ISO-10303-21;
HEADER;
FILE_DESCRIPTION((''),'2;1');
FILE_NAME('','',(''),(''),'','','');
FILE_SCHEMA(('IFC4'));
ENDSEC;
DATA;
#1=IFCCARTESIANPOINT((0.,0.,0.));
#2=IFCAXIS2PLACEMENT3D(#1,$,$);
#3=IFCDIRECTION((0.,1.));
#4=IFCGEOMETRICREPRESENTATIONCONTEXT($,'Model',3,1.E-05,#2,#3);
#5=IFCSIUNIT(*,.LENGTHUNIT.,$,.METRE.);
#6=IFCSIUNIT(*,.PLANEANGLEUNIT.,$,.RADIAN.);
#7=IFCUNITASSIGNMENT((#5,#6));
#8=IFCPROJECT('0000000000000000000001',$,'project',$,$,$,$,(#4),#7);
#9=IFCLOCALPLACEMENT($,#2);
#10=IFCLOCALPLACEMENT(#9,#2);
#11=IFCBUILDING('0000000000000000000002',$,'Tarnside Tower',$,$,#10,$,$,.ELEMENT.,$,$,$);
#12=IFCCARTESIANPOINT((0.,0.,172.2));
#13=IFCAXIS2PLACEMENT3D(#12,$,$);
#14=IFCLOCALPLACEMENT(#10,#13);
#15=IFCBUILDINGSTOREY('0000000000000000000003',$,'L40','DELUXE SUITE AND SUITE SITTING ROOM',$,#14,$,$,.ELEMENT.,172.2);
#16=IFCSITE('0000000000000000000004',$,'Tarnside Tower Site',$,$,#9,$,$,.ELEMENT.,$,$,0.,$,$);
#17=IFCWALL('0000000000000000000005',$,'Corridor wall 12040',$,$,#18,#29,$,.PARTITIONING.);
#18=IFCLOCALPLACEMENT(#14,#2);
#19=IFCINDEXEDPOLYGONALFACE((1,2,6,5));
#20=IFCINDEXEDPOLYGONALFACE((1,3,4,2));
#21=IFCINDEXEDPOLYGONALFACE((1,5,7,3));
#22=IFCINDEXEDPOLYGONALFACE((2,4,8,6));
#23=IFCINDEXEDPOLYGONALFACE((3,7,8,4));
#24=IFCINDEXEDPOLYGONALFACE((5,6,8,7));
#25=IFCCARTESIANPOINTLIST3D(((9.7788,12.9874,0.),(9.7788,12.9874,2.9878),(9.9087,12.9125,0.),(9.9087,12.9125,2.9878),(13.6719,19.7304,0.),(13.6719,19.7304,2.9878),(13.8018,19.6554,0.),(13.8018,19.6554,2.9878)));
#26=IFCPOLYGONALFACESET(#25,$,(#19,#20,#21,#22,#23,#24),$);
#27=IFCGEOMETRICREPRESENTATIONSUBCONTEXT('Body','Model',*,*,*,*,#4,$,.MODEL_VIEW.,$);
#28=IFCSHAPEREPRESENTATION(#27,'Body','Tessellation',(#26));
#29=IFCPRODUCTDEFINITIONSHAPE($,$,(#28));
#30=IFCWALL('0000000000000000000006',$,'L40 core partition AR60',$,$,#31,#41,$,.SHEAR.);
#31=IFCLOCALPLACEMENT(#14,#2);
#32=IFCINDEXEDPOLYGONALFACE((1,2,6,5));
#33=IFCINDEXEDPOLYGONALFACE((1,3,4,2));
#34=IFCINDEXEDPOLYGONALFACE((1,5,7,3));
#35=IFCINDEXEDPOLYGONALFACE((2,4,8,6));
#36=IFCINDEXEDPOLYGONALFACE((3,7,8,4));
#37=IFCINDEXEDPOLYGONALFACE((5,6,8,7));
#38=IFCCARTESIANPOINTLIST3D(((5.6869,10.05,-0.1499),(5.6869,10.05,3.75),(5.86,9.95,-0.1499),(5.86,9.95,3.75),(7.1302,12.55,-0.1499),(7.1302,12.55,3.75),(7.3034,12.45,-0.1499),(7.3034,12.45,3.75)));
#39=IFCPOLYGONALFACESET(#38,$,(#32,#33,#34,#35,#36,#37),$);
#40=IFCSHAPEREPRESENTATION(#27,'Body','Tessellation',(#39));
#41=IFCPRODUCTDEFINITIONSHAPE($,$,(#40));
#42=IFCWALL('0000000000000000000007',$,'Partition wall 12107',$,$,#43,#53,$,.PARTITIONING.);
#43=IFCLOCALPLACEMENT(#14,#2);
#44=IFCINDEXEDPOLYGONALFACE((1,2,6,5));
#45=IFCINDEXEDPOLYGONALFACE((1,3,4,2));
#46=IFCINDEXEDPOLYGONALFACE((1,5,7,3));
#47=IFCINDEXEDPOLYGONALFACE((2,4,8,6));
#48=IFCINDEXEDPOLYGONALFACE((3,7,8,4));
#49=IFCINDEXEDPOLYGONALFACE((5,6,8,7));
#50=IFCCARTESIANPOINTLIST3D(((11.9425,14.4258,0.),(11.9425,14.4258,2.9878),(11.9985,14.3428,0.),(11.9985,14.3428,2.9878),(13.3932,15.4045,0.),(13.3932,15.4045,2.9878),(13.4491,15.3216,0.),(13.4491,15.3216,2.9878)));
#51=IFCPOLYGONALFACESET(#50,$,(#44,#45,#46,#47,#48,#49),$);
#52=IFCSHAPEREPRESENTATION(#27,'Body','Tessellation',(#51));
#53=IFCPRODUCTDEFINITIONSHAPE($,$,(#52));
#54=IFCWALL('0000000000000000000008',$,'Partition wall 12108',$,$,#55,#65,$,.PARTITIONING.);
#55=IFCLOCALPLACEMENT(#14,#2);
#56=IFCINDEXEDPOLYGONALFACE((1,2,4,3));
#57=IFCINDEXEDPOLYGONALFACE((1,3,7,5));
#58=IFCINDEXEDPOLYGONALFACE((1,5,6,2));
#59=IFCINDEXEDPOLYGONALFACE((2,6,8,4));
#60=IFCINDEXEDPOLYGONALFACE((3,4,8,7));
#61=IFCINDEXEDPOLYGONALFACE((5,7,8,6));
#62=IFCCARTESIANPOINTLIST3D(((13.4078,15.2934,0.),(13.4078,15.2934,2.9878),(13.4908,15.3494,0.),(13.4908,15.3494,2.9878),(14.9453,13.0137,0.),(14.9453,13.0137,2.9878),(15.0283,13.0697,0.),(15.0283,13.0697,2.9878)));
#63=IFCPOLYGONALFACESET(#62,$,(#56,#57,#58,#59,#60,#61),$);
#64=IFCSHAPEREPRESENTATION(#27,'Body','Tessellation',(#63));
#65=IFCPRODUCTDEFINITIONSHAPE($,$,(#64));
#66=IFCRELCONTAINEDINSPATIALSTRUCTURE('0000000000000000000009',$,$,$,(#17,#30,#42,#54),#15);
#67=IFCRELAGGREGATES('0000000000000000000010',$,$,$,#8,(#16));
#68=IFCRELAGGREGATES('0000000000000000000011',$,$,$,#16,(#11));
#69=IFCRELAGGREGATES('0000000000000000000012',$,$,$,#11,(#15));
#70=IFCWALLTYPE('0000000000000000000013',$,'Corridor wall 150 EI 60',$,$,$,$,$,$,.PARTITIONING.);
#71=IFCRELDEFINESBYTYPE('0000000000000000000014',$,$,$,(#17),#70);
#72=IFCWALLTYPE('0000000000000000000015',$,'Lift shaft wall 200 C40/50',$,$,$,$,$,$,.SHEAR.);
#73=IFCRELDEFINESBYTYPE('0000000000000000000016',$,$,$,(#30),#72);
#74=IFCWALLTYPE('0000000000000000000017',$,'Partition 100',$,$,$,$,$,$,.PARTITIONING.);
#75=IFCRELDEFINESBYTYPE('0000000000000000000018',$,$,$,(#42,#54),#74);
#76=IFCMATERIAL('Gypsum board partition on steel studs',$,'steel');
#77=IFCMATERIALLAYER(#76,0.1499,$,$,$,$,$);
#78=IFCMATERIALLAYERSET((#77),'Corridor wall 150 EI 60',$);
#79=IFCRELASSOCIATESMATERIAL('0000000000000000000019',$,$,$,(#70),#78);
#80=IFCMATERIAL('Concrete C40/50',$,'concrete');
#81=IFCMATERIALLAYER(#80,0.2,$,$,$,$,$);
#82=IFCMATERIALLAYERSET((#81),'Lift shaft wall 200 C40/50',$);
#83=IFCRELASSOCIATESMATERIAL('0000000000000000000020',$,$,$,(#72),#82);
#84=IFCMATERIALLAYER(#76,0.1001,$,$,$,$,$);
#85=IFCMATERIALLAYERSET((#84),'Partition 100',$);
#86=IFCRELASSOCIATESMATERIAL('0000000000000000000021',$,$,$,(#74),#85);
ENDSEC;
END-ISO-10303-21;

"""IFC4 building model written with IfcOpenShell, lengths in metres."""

from ifc_helpers import new_model, si_unit, direction, frame, frame_2d, origin, place, context, subcontext, project, spatial, rectangle, extrude, material, layer, layer_set, type_object, element, save


model = new_model("IFC4")

# Units and contexts
model_context = context("Model", 3, precision=1e-05, world=origin(), true_north=direction((0.0, 1.0)))
body_context = subcontext(model_context, "Body", "Model", "MODEL_VIEW")
ifc_project = project(units=[si_unit("LENGTHUNIT", "METRE"), si_unit("PLANEANGLEUNIT", "RADIAN")], contexts=[model_context])

# Site, building, storey
site_placement = place(None, origin())
site = spatial("IfcSite", under=ifc_project, at=site_placement, Name="Tarnside Tower Site", CompositionType="ELEMENT", RefElevation=0.0)
building_placement = place(site_placement, origin())
building = spatial("IfcBuilding", under=site, at=building_placement, Name="Tarnside Tower", CompositionType="ELEMENT")
storey_placement = place(building_placement, frame((0.0, 0.0, 172.2)))
storey = spatial("IfcBuildingStorey", under=building, at=storey_placement, Name="L40", Description="DELUXE SUITE AND SUITE SITTING ROOM", CompositionType="ELEMENT", Elevation=172.2)

# Shared definitions
ifc_material_1 = material(Name="Gypsum board partition on steel studs", Category="steel")

# Shared definitions
ifc_layer_1 = layer(ifc_material_1, 0.1499)
ifc_layer_set_1 = layer_set([ifc_layer_1], Name="Corridor wall 150 EI 60")
wall_type_1 = type_object("IfcWallType", Name="Corridor wall 150 EI 60", PredefinedType="PARTITIONING", material=ifc_layer_set_1)

# Walls
wall_1_placement = place(storey_placement, frame((9.8438, 12.95, 0.0), z_axis=(0.0, 0.0, 1.0), x_axis=(0.500004, 0.866023, 0.0)))
element("IfcWall", 1, at=wall_1_placement, inside=storey, type_object=wall_type_1, Name="Corridor wall 12040", PredefinedType="PARTITIONING", context=body_context, shape_type="SweptSolid", body=[
    extrude(rectangle(XDim=7.7861, YDim=0.1499, at=frame_2d((3.8931, 0.0))), origin(), (0.0, 0.0, 1.0), 2.9878),
])
ifc_material_2 = material(Name="Concrete C40/50", Category="concrete")
ifc_layer_2 = layer(ifc_material_2, 0.2)
ifc_layer_set_2 = layer_set([ifc_layer_2], Name="Lift shaft wall 200 C40/50")
wall_type_2 = type_object("IfcWallType", Name="Lift shaft wall 200 C40/50", PredefinedType="SHEAR", material=ifc_layer_set_2)
wall_2_placement = place(storey_placement, frame((5.7734, 10.0, -0.1499), z_axis=(0.0, 0.0, 1.0), x_axis=(0.499996, 0.866028, 0.0)))
element("IfcWall", 2, at=wall_2_placement, inside=storey, type_object=wall_type_2, Name="L40 core partition AR60", PredefinedType="SHEAR", context=body_context, shape_type="SweptSolid", body=[
    extrude(rectangle(XDim=2.8867, YDim=0.2, at=frame_2d((1.4434, 0.0))), origin(), (0.0, 0.0, 1.0), 3.8999),
])
ifc_layer_3 = layer(ifc_material_1, 0.1001)
ifc_layer_set_3 = layer_set([ifc_layer_3], Name="Partition 100")
wall_type_3 = type_object("IfcWallType", Name="Partition 100", PredefinedType="PARTITIONING", material=ifc_layer_set_3)
wall_3_placement = place(storey_placement, frame((11.9705, 14.3843, 0.0), z_axis=(0.0, 0.0, 1.0), x_axis=(0.828968, 0.559296, 0.0)))
element("IfcWall", 3, at=wall_3_placement, inside=storey, type_object=wall_type_3, Name="Partition wall 12107", PredefinedType="PARTITIONING", context=body_context, shape_type="SweptSolid", body=[
    extrude(rectangle(XDim=1.75, YDim=0.1001, at=frame_2d((0.875, 0.0))), origin(), (0.0, 0.0, 1.0), 2.9878),
])
wall_4_placement = place(storey_placement, frame((13.4492, 15.3215, 0.0), z_axis=(0.0, 0.0, 1.0), x_axis=(0.559159, -0.829061, 0.0)))
element("IfcWall", 4, at=wall_4_placement, inside=storey, type_object=wall_type_3, Name="Partition wall 12108", PredefinedType="PARTITIONING", context=body_context, shape_type="SweptSolid", body=[
    extrude(rectangle(XDim=2.7498, YDim=0.1001, at=frame_2d((1.375, 0.0))), origin(), (0.0, 0.0, 1.0), 2.9878),
])

save(model, "model.ifc")
